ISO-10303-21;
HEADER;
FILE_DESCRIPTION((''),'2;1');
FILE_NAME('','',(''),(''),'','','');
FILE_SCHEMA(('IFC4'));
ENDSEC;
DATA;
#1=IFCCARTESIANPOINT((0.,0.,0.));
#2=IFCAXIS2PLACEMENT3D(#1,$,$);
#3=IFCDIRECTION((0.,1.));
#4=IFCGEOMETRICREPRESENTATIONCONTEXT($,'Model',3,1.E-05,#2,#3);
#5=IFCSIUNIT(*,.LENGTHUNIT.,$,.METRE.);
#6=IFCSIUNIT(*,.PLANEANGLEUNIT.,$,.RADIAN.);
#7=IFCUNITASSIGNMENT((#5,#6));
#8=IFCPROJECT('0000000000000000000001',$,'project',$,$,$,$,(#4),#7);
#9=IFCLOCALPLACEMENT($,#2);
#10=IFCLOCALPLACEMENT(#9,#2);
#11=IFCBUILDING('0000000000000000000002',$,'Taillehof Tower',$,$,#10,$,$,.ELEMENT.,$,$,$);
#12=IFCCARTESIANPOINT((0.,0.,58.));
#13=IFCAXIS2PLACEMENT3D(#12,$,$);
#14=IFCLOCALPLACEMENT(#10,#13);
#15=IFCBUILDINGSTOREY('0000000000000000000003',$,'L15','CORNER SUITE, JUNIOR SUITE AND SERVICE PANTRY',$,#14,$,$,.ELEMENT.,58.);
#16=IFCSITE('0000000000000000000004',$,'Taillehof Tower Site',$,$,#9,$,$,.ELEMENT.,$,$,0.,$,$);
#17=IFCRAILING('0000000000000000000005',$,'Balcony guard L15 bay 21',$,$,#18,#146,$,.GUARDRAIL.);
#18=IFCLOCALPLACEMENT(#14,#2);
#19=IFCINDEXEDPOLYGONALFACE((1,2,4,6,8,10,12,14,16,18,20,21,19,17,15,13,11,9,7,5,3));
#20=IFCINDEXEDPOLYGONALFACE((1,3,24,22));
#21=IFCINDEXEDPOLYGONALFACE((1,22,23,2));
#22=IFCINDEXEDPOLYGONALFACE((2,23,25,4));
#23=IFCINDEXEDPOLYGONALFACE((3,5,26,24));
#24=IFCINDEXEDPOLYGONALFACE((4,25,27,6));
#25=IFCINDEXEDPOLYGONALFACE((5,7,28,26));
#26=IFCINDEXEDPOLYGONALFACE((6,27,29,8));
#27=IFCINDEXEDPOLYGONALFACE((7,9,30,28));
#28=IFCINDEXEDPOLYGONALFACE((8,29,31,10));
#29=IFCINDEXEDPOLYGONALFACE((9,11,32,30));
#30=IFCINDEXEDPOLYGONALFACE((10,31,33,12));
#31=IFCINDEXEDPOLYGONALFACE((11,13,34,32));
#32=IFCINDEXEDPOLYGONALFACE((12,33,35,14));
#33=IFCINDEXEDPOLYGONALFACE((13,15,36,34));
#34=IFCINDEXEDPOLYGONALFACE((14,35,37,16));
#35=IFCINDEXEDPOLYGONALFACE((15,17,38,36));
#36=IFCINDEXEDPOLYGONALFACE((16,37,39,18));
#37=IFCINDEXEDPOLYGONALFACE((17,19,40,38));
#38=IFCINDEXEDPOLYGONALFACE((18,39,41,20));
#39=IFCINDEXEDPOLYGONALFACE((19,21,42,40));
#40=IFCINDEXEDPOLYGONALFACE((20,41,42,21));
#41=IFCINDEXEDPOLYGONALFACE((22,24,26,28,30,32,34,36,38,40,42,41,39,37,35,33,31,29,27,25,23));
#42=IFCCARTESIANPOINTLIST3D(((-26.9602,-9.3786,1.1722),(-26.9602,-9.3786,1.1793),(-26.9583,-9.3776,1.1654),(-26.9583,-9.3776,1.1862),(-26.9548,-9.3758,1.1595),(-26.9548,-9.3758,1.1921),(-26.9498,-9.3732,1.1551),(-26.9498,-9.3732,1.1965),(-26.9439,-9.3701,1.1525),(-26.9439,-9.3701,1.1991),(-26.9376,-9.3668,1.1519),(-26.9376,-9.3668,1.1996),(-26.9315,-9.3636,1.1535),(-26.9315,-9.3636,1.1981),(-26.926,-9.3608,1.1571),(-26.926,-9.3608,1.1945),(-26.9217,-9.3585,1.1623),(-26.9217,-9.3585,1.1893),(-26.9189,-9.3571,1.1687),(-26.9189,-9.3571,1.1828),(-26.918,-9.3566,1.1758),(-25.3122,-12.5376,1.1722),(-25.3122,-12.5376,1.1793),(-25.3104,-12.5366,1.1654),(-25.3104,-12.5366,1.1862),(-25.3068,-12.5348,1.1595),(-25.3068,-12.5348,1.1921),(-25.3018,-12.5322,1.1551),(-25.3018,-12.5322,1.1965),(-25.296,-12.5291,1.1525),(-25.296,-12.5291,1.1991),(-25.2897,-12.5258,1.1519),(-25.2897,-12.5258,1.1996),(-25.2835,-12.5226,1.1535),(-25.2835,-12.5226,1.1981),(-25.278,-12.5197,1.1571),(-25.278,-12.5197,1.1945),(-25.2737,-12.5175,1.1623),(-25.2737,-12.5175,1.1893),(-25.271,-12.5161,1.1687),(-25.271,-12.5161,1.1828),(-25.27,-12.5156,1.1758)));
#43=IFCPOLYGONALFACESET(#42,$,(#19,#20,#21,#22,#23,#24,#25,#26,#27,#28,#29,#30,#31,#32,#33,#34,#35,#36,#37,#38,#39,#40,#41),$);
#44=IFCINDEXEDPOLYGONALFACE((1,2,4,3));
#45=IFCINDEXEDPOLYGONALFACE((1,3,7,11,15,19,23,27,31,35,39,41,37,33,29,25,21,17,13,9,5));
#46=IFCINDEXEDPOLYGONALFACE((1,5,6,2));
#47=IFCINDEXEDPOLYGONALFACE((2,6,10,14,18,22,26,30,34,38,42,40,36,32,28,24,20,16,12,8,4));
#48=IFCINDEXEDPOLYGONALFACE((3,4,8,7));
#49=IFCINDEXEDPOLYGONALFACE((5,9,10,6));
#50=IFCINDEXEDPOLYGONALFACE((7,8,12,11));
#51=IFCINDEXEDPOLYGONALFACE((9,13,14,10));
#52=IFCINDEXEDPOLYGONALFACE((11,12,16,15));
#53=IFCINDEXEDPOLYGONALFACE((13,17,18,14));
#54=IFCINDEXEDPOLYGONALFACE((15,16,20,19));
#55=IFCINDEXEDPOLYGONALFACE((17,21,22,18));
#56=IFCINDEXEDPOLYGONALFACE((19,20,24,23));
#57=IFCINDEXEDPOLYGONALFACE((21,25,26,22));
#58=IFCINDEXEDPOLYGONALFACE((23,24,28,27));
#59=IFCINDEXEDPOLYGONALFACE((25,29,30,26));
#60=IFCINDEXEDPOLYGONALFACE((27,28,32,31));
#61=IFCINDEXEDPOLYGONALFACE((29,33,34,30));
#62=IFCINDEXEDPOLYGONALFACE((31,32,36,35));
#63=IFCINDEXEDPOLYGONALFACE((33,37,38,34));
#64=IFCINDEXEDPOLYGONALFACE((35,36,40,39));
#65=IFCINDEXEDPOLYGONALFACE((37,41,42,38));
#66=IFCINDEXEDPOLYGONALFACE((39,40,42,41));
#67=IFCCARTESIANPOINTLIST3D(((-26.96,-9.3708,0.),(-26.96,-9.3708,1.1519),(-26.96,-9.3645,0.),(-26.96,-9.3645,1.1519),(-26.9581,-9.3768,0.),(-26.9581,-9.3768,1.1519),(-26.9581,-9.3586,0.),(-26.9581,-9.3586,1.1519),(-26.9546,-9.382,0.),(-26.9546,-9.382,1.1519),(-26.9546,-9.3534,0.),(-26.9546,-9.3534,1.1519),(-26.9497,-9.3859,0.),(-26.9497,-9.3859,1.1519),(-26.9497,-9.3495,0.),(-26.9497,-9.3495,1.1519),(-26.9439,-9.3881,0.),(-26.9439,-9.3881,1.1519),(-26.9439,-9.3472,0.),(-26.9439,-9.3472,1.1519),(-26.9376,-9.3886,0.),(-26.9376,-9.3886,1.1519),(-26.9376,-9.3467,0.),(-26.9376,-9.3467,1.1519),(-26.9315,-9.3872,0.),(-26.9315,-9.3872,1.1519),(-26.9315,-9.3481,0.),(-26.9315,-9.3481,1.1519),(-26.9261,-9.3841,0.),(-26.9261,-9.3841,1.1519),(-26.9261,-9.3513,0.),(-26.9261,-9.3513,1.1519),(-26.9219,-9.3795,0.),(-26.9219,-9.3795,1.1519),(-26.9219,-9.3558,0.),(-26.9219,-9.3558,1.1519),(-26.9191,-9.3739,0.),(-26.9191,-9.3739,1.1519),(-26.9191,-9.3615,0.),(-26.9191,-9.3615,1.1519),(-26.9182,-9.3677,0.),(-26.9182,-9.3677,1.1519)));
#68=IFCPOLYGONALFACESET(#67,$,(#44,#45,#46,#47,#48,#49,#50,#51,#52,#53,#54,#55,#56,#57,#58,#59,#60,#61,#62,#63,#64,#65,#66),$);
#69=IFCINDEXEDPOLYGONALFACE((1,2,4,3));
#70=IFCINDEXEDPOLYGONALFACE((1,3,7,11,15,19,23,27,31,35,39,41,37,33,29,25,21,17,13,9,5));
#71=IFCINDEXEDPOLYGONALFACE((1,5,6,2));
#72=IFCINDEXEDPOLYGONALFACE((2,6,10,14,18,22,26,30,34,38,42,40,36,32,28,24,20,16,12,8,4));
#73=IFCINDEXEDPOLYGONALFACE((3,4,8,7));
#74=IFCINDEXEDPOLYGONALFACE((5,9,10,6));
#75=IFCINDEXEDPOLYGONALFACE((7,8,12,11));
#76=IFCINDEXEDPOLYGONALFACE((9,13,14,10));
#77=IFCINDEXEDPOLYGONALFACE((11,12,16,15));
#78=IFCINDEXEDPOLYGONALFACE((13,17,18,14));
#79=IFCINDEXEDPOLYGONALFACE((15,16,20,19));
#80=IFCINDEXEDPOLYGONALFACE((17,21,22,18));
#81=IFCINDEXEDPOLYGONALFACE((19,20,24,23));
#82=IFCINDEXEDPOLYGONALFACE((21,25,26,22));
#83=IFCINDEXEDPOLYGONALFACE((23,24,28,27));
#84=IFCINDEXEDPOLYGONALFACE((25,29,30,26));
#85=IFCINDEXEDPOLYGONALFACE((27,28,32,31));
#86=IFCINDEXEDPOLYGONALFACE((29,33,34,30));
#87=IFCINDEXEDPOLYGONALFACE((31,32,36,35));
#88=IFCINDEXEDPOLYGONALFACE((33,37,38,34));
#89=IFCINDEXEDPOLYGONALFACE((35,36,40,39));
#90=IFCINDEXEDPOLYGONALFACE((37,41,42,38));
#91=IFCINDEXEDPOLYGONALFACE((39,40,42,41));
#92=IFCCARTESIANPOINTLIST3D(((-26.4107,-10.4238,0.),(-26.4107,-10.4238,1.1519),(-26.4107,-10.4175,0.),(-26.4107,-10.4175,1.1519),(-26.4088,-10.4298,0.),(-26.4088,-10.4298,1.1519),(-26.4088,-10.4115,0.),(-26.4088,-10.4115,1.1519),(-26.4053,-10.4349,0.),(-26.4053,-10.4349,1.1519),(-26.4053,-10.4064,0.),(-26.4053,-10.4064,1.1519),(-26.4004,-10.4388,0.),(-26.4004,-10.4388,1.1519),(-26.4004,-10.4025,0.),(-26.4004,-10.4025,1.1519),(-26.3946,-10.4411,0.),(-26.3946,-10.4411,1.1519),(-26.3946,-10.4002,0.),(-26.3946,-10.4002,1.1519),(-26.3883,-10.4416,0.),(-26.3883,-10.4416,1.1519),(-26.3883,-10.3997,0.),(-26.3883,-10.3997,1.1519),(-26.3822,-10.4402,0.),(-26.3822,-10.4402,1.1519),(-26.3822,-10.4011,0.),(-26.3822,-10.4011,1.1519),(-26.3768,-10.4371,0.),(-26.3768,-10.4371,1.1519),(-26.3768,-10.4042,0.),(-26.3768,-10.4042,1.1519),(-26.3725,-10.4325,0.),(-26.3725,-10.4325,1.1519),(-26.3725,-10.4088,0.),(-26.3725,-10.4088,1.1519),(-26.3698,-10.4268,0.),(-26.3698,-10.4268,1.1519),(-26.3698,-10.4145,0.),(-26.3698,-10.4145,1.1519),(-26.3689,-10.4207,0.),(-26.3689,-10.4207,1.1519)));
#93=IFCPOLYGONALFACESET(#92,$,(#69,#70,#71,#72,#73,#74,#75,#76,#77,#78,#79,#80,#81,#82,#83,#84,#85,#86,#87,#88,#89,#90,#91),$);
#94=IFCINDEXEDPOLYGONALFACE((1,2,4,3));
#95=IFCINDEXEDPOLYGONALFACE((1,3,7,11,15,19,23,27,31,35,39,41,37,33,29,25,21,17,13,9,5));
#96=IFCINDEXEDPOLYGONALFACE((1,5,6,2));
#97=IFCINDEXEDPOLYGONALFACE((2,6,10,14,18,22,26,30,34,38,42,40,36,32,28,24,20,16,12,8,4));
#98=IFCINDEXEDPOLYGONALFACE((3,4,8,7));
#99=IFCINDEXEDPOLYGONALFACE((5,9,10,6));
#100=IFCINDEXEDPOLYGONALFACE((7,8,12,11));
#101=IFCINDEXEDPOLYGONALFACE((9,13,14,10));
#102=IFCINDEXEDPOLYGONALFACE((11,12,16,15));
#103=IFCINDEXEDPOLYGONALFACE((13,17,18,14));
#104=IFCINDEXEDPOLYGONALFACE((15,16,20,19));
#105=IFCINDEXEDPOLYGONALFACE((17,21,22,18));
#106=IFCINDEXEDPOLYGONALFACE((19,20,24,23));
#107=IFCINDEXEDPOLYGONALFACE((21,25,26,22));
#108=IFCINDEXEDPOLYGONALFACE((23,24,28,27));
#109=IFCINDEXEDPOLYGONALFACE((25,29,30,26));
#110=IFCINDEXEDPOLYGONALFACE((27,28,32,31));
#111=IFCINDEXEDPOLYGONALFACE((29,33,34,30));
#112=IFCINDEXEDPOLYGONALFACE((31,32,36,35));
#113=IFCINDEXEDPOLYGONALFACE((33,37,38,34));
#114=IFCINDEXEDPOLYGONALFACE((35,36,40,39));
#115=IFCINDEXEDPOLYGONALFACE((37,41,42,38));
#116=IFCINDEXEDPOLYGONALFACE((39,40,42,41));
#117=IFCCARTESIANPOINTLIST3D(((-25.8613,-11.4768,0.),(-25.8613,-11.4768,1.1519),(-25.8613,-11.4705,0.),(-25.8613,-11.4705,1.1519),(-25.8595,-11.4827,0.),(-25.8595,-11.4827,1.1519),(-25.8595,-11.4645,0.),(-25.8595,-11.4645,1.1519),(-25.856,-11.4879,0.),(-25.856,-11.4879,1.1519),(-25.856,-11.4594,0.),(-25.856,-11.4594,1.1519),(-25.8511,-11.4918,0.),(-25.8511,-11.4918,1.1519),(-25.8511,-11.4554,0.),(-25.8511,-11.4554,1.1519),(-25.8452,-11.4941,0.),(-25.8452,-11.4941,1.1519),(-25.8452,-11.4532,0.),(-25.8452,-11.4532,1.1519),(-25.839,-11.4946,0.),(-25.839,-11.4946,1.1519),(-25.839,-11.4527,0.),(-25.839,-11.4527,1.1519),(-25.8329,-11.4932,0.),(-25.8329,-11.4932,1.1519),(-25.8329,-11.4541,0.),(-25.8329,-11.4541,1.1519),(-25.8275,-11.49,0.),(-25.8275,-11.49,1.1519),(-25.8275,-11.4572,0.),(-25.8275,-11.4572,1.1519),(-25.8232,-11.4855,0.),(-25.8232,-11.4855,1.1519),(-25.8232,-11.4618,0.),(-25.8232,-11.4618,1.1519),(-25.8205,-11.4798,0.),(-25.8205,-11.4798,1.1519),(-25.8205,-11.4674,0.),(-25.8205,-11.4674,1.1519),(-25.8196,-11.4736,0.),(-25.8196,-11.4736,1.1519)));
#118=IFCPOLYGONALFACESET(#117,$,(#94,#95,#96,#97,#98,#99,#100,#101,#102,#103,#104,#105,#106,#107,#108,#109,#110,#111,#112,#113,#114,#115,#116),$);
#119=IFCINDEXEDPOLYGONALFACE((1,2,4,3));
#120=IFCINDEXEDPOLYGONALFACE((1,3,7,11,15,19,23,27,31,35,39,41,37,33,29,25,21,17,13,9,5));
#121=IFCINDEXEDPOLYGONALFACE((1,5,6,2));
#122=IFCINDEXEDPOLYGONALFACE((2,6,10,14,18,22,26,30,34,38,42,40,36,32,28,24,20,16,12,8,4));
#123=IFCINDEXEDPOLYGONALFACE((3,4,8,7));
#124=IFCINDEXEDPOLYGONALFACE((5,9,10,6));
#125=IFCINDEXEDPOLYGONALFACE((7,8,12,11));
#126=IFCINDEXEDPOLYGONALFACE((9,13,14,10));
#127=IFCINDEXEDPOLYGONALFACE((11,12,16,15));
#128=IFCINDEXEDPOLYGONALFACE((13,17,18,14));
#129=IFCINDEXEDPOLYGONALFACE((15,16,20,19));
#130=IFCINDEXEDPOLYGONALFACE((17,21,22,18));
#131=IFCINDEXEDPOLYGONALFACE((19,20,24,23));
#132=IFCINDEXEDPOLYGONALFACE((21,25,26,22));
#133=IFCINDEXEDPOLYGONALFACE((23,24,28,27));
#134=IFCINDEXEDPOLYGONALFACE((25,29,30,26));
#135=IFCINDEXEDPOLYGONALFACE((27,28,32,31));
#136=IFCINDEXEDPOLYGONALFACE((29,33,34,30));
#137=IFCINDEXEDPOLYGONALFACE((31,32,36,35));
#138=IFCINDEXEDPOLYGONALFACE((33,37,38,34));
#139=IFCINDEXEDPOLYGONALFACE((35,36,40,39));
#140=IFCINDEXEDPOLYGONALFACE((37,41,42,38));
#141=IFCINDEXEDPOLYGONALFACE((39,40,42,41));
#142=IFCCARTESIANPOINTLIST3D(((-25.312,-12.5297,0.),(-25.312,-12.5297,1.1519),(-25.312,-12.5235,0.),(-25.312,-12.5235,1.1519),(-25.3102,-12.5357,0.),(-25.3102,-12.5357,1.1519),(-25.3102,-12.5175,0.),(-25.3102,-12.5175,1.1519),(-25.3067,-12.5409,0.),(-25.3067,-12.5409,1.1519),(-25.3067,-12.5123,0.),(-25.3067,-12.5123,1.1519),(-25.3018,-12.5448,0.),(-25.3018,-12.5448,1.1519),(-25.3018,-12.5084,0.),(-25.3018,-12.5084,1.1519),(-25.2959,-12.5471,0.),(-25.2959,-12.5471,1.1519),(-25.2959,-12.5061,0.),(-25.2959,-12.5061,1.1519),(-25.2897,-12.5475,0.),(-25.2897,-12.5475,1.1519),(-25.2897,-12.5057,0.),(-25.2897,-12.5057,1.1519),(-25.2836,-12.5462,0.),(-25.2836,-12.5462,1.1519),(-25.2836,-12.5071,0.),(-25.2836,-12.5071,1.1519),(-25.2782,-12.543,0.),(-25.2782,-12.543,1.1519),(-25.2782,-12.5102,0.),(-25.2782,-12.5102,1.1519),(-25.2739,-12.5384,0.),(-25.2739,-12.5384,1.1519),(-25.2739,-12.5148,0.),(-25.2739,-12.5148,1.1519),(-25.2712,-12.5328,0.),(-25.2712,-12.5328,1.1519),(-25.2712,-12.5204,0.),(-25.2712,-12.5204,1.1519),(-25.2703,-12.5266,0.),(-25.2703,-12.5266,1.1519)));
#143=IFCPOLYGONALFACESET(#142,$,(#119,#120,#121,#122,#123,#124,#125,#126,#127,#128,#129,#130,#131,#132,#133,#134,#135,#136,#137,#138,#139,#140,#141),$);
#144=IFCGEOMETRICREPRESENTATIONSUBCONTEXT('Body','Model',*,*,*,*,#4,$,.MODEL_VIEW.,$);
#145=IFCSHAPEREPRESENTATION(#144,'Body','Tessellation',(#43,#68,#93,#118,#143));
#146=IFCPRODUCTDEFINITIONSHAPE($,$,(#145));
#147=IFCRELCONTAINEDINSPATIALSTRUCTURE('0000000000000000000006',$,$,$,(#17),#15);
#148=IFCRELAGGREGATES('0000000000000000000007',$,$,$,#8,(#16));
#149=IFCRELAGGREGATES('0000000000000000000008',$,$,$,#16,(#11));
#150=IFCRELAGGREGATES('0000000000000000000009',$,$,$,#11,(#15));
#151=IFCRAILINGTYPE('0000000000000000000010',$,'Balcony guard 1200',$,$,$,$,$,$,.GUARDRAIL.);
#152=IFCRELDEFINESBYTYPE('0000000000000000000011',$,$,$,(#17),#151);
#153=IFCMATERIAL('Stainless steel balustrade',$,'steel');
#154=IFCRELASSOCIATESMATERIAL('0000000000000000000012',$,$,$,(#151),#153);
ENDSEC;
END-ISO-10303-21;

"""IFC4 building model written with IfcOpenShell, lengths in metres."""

from ifc_helpers import new_model, si_unit, direction, frame, origin, origin_2d, place, context, subcontext, project, spatial, circle, extrude, material, type_object, element, save


model = new_model("IFC4")

# Units and contexts
model_context = context("Model", 3, precision=1e-05, world=origin(), true_north=direction((0.0, 1.0)))
body_context = subcontext(model_context, "Body", "Model", "MODEL_VIEW")
ifc_project = project(units=[si_unit("LENGTHUNIT", "METRE"), si_unit("PLANEANGLEUNIT", "RADIAN")], contexts=[model_context])

# Site, building, storey
site_placement = place(None, origin())
site = spatial("IfcSite", under=ifc_project, at=site_placement, Name="Taillehof Tower Site", CompositionType="ELEMENT", RefElevation=0.0)
building_placement = place(site_placement, origin())
building = spatial("IfcBuilding", under=site, at=building_placement, Name="Taillehof Tower", CompositionType="ELEMENT")
storey_placement = place(building_placement, frame((0.0, 0.0, 58.0)))
storey = spatial("IfcBuildingStorey", under=building, at=storey_placement, Name="L15", Description="CORNER SUITE, JUNIOR SUITE AND SERVICE PANTRY", CompositionType="ELEMENT", Elevation=58.0)

# Railing
ifc_material_1 = material(Name="Stainless steel balustrade", Category="steel")
railing_type_1 = type_object("IfcRailingType", Name="Balcony guard 1200", PredefinedType="GUARDRAIL", material=ifc_material_1)
railing_1_placement = place(storey_placement, frame((-26.9392, -9.3677, 0.0)))
element("IfcRailing", 1, at=railing_1_placement, inside=storey, type_object=railing_type_1, Name="Balcony guard L15 bay 21", PredefinedType="GUARDRAIL", context=body_context, shape_type="SweptSolid", body=[
    extrude(circle(Radius=0.0239, at=origin_2d()), frame((0.0, 0.0, 1.1758), z_axis=(0.462524, -0.886607, 0.0), x_axis=(0.886607, 0.462524, 0.0)), (0.0, 0.0, 1.0), 3.563),
    extrude(circle(Radius=0.021, at=origin_2d()), origin(), (0.0, 0.0, 1.0), 1.1519),
    extrude(circle(Radius=0.021, at=origin_2d()), frame((0.5493, -1.053, 0.0)), (0.0, 0.0, 1.0), 1.1519),
    extrude(circle(Radius=0.021, at=origin_2d()), frame((1.0986, -2.106, 0.0)), (0.0, 0.0, 1.0), 1.1519),
    extrude(circle(Radius=0.021, at=origin_2d()), frame((1.6479, -3.1589, 0.0)), (0.0, 0.0, 1.0), 1.1519),
])

save(model, "model.ifc")
